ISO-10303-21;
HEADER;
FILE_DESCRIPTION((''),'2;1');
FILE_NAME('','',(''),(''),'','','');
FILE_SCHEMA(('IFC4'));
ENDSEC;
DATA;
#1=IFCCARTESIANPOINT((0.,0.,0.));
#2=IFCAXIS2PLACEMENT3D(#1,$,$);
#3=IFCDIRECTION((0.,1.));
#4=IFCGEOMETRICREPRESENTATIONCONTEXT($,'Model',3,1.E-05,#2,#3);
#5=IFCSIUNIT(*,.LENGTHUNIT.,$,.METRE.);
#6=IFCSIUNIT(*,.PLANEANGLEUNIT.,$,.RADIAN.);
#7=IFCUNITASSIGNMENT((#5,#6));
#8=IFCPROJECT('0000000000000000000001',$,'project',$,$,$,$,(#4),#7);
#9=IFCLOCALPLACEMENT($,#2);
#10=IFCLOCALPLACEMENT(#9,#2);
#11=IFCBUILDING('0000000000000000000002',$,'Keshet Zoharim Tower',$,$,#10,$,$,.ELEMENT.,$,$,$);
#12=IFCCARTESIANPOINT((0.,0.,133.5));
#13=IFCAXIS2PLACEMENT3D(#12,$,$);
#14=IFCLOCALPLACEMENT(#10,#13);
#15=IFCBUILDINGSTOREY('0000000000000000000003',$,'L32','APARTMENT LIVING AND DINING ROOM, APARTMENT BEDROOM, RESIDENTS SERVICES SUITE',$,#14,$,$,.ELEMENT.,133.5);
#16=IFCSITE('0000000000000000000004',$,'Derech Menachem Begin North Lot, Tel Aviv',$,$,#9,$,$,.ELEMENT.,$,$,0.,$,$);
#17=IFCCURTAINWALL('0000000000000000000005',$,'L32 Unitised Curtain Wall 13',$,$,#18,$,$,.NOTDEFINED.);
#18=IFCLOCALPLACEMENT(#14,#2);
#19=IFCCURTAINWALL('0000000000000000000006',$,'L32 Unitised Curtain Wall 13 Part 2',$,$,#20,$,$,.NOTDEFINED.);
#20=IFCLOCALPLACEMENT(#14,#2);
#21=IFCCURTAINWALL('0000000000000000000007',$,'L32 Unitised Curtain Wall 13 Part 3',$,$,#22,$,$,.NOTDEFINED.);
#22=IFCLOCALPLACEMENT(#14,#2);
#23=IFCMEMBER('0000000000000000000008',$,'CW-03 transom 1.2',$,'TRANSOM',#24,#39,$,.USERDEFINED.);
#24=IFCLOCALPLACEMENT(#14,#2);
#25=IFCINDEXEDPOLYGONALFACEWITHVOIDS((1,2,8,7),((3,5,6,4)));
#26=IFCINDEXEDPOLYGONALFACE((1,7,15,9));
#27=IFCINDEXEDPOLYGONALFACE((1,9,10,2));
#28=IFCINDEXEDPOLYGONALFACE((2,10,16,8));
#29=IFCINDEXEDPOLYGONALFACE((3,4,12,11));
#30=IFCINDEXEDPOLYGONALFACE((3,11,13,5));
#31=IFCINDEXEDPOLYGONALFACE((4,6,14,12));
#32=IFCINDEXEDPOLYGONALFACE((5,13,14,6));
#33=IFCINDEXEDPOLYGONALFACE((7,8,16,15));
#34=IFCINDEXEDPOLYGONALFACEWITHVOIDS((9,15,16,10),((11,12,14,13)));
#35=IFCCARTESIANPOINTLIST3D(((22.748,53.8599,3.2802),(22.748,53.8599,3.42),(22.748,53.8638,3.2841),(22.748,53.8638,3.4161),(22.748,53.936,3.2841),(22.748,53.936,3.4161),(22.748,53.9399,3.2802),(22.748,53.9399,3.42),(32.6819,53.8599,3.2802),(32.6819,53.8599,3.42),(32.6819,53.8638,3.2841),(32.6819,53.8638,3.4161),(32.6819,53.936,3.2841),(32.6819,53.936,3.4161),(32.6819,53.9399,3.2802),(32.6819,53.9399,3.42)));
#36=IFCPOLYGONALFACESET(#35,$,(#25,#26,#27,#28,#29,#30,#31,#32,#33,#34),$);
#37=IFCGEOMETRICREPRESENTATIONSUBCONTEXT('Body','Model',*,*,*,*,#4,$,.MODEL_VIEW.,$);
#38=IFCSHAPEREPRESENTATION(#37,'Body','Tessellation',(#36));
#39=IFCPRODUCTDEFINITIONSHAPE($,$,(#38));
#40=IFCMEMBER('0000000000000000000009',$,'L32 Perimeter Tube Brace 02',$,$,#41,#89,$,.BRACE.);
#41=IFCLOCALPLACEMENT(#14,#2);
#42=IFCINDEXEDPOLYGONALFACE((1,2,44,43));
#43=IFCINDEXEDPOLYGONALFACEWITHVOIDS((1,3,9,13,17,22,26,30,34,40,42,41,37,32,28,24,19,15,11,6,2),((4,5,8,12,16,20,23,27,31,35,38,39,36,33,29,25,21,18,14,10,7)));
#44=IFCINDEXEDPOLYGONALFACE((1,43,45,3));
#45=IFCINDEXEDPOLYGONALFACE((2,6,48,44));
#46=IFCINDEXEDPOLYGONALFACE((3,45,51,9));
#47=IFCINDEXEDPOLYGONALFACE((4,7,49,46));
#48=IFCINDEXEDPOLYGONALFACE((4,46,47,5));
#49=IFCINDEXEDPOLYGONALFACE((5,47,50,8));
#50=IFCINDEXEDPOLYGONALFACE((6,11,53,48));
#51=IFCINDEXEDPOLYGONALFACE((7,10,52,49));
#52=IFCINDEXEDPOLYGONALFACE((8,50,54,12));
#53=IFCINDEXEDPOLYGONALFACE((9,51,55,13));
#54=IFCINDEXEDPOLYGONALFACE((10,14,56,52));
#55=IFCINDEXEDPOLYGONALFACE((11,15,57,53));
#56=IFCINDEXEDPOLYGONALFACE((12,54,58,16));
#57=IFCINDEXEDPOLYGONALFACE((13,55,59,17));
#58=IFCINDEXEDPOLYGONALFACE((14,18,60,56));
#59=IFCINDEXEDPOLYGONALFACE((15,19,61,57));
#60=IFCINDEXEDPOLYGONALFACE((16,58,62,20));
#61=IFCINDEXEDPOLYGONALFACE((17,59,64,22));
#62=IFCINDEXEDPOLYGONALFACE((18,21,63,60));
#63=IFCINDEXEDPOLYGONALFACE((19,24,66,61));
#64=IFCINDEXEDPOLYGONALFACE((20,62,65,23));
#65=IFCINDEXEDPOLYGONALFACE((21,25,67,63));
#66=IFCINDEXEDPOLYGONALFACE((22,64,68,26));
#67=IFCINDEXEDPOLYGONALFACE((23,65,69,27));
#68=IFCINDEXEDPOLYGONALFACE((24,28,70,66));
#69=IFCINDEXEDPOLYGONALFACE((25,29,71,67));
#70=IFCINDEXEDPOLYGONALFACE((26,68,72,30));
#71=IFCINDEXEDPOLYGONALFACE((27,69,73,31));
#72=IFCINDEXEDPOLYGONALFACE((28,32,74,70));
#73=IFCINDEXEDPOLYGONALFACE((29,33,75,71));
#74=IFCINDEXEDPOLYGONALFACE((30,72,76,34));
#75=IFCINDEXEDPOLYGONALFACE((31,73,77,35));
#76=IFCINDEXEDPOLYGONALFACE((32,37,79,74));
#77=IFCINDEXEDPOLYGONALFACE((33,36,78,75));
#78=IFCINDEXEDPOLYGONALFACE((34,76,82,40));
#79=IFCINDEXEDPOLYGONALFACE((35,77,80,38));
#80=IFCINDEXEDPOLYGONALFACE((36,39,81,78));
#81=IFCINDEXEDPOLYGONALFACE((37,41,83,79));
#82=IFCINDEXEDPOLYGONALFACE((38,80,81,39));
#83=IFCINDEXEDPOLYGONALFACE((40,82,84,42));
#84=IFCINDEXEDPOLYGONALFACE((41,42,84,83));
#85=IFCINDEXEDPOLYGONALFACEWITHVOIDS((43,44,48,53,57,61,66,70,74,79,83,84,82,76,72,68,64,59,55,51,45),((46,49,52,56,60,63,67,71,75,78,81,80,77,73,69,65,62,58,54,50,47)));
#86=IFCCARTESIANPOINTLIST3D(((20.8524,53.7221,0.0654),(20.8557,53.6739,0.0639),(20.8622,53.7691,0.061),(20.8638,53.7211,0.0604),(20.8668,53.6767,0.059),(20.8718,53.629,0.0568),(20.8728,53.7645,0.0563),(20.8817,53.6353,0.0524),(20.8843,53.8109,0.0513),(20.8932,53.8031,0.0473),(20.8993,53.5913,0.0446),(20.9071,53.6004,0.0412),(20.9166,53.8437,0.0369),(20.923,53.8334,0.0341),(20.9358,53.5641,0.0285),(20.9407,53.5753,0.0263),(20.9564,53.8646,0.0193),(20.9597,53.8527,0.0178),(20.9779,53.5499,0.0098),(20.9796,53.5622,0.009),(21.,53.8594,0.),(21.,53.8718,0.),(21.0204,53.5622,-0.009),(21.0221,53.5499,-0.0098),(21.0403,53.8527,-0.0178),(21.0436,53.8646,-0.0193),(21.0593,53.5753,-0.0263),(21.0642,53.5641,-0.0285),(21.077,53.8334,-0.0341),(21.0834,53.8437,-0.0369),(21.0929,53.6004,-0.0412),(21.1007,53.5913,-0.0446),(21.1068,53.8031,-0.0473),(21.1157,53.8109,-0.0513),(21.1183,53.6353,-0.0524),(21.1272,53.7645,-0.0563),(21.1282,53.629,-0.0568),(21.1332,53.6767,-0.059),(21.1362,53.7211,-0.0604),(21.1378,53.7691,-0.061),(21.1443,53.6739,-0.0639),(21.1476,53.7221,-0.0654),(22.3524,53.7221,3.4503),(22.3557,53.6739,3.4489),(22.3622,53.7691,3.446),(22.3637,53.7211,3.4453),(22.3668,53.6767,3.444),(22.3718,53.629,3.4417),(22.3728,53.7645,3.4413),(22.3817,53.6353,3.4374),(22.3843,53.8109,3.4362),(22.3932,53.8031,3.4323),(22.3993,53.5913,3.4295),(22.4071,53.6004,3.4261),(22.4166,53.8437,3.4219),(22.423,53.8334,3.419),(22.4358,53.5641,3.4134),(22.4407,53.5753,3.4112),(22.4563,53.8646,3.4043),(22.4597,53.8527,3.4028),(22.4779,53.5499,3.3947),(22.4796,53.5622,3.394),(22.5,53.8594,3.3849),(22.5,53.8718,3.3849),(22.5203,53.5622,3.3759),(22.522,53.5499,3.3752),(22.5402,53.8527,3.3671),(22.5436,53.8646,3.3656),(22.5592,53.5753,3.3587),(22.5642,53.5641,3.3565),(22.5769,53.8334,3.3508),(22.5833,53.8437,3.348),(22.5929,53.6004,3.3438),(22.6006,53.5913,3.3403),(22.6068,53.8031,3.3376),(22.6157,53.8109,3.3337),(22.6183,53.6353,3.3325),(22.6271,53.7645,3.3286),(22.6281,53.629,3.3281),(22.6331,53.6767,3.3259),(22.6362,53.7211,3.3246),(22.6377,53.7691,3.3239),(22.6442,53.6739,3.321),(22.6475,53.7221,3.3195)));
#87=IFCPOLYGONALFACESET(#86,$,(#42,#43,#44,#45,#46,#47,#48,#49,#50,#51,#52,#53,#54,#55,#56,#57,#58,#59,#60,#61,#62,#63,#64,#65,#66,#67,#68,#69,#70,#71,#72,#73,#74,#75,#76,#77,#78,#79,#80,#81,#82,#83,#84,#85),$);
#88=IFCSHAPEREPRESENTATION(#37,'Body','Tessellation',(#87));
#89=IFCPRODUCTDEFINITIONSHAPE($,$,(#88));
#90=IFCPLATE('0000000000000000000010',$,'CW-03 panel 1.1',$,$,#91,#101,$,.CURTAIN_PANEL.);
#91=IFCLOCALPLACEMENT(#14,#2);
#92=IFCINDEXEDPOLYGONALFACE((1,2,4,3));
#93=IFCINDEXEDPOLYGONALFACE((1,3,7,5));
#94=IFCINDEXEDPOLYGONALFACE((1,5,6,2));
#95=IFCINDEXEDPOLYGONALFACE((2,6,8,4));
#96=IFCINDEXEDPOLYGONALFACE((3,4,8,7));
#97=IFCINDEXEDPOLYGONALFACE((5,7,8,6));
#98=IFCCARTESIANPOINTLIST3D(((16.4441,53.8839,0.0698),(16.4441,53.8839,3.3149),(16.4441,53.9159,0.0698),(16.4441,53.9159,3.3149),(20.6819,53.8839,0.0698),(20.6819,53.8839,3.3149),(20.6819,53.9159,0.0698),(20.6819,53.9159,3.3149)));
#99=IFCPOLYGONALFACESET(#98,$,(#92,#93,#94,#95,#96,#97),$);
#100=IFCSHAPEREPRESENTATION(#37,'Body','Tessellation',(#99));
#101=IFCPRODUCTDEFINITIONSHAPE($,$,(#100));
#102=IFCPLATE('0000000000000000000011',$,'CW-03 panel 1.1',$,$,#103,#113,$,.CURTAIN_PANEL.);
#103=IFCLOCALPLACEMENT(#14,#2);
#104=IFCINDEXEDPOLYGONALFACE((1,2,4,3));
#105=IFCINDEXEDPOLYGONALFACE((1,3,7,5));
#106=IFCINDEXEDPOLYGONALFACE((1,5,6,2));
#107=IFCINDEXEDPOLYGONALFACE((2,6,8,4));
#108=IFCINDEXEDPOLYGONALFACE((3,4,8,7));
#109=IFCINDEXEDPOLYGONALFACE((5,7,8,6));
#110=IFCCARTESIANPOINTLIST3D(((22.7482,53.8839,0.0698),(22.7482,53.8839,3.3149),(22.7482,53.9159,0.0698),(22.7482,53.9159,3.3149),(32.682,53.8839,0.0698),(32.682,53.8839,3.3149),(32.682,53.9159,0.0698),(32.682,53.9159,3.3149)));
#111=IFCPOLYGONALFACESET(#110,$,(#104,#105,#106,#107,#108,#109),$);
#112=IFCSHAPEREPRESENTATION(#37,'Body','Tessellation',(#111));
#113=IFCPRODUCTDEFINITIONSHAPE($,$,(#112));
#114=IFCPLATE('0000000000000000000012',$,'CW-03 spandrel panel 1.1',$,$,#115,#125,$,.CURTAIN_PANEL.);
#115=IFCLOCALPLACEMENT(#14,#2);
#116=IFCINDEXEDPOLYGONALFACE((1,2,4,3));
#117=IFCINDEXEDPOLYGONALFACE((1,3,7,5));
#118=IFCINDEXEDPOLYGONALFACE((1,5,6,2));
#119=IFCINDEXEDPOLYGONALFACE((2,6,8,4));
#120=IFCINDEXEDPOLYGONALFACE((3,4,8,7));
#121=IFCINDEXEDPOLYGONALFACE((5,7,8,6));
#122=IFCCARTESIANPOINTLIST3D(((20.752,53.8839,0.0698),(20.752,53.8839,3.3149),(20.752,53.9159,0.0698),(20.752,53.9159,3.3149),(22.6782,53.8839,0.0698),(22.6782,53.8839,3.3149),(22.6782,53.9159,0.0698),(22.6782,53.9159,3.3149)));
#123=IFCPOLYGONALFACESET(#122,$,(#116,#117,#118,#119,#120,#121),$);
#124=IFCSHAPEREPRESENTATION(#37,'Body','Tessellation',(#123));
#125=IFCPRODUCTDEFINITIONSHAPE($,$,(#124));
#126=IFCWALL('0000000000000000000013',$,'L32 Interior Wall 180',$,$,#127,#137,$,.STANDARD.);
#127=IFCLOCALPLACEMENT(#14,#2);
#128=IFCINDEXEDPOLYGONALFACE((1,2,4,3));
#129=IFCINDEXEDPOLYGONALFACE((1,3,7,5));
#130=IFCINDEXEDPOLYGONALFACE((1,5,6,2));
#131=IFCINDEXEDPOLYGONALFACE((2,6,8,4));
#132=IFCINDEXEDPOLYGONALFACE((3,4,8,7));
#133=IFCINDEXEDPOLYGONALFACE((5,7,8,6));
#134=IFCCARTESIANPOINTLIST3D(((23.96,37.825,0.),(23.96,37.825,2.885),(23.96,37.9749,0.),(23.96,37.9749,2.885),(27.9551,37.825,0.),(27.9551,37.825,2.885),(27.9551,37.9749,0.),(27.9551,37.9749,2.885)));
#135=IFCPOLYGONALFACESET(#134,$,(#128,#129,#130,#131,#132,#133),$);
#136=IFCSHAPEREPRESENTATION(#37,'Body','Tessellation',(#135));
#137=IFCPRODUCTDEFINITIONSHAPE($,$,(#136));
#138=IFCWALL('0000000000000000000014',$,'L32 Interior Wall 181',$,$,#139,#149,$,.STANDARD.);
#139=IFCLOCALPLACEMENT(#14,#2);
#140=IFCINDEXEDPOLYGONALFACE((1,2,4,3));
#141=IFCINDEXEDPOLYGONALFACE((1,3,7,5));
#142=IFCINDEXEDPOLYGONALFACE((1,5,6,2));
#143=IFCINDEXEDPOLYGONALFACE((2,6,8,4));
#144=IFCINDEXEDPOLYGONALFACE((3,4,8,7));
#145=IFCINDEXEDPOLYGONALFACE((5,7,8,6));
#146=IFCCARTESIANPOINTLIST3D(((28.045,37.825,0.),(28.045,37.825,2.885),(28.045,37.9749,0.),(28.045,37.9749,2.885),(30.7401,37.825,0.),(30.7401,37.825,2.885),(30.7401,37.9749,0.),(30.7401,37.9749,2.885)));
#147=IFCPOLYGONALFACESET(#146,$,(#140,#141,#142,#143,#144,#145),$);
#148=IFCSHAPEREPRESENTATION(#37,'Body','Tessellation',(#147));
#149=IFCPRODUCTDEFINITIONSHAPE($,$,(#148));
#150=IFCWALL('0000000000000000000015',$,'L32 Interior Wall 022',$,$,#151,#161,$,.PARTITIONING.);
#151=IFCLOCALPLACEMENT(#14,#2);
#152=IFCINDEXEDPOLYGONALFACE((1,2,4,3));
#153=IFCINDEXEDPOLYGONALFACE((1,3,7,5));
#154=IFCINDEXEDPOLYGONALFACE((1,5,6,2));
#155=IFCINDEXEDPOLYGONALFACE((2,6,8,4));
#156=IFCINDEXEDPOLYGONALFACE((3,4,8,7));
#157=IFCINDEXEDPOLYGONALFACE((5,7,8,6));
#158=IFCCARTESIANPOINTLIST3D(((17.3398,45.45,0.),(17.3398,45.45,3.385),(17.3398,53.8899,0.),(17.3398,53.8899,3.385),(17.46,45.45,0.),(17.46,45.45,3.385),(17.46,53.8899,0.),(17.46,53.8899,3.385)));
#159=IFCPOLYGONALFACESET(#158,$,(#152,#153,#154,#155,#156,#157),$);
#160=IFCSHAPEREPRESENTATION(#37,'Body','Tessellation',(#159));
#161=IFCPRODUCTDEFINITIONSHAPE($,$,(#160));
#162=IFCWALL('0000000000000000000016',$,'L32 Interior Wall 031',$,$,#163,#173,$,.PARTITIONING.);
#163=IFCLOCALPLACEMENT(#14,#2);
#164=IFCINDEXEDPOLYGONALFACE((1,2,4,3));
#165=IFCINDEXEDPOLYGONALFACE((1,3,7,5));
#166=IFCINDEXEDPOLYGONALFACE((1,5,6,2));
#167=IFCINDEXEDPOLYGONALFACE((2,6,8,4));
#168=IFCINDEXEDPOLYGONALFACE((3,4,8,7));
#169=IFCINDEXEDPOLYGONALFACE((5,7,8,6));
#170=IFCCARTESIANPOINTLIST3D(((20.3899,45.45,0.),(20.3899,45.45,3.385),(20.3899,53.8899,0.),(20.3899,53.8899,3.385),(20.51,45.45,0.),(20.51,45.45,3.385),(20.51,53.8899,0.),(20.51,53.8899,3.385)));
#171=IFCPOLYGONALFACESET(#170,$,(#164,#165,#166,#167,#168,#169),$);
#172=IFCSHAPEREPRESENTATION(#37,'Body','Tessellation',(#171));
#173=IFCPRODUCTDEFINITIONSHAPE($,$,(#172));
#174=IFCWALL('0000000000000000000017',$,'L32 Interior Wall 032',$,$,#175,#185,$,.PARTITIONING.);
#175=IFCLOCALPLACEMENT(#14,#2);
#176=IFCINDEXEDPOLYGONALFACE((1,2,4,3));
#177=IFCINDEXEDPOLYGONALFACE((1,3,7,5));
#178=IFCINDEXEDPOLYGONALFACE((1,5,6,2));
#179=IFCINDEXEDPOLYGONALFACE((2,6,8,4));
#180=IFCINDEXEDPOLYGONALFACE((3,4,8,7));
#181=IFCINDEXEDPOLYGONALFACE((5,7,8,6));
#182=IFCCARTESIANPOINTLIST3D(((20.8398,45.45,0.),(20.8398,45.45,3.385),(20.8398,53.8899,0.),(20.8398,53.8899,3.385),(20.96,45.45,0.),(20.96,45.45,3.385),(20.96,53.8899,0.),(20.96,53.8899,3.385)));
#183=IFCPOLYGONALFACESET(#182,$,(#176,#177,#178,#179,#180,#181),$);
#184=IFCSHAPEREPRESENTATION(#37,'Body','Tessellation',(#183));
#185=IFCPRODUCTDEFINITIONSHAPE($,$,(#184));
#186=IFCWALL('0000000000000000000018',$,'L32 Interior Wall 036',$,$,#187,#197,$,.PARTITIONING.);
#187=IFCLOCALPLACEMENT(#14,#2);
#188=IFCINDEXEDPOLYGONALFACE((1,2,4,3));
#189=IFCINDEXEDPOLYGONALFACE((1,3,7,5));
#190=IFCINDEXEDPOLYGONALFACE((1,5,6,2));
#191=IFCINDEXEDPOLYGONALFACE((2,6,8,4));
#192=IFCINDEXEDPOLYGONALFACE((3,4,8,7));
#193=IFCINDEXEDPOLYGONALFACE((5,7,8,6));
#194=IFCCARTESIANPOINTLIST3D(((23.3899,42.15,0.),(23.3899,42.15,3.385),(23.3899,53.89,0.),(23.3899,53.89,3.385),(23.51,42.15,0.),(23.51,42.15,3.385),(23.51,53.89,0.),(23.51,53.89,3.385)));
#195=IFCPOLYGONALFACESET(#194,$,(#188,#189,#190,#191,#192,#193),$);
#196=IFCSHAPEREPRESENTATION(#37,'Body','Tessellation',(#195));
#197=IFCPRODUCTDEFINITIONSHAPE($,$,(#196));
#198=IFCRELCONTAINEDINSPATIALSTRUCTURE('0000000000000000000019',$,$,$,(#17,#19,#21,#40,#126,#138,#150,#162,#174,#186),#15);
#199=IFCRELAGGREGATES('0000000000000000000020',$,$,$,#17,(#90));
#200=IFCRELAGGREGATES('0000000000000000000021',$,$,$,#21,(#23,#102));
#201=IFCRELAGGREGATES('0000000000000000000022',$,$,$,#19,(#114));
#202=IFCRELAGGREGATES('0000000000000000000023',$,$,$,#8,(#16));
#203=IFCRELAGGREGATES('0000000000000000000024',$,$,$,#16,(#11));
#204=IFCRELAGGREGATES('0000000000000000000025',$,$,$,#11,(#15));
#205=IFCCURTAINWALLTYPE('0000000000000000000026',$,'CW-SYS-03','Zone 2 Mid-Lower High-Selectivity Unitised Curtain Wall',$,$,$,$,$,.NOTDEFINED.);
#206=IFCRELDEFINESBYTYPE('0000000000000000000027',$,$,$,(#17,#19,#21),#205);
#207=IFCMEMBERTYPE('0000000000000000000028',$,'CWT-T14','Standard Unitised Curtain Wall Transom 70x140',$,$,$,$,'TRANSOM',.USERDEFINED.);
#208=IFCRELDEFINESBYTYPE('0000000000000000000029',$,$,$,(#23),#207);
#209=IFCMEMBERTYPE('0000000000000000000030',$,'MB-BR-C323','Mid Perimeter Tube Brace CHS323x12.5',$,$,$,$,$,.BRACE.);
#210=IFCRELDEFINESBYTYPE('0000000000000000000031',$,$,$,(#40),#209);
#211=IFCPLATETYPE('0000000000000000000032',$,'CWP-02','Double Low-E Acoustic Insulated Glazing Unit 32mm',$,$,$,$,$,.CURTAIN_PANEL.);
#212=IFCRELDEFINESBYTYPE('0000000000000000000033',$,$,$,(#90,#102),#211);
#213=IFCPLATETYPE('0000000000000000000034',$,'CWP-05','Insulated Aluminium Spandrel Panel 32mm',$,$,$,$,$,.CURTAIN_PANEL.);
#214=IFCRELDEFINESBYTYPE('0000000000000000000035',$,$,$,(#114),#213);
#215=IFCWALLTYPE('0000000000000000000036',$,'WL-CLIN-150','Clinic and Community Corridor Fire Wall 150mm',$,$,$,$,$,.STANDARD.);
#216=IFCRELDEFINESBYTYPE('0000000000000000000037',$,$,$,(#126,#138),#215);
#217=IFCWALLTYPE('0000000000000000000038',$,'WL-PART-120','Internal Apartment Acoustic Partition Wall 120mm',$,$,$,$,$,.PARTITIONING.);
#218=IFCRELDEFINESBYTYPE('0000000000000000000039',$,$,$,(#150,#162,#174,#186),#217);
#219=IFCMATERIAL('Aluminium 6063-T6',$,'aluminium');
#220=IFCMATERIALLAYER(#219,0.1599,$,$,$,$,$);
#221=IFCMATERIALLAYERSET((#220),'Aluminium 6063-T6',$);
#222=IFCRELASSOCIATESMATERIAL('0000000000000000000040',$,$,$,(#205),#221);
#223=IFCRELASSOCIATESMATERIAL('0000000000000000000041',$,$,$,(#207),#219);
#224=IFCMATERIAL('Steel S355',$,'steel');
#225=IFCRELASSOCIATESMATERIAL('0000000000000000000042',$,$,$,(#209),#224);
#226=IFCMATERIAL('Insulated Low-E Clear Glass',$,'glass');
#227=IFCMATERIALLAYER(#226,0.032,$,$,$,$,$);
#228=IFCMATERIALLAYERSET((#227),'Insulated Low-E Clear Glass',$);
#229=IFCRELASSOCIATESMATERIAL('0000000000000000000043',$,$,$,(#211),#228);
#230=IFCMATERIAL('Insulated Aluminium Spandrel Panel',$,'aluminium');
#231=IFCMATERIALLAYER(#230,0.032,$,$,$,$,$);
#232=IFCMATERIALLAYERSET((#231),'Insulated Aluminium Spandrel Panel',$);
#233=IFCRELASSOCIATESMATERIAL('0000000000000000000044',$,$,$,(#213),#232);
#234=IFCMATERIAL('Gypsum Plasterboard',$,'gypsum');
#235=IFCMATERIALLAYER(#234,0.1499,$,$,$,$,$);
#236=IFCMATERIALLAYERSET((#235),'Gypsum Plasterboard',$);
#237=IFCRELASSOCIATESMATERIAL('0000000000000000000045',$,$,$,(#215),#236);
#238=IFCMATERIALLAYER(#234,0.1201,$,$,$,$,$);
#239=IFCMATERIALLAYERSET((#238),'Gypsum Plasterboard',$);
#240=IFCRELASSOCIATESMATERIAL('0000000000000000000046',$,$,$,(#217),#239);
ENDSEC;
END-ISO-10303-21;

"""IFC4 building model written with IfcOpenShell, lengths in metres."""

from ifc_helpers import new_model, si_unit, direction, frame, frame_2d, origin, origin_2d, place, context, subcontext, project, spatial, rectangle, hollow_rectangle, hollow_circle, extrude, material, layer, layer_set, material_profile, profile_set, type_object, element, aggregate, save


model = new_model("IFC4")

# Units and contexts
model_context = context("Model", 3, precision=1e-05, world=origin(), true_north=direction((0.0, 1.0)))
body_context = subcontext(model_context, "Body", "Model", "MODEL_VIEW")
ifc_project = project(units=[si_unit("LENGTHUNIT", "METRE"), si_unit("PLANEANGLEUNIT", "RADIAN")], contexts=[model_context])

# Site, building, storey
site_placement = place(None, origin())
site = spatial("IfcSite", under=ifc_project, at=site_placement, Name="Derech Menachem Begin North Lot, Tel Aviv", CompositionType="ELEMENT", RefElevation=0.0)
building_placement = place(site_placement, origin())
building = spatial("IfcBuilding", under=site, at=building_placement, Name="Keshet Zoharim Tower", CompositionType="ELEMENT")
storey_placement = place(building_placement, frame((0.0, 0.0, 133.5)))
storey = spatial("IfcBuildingStorey", under=building, at=storey_placement, Name="L32", Description="APARTMENT LIVING AND DINING ROOM, APARTMENT BEDROOM, RESIDENTS SERVICES SUITE", CompositionType="ELEMENT", Elevation=133.5)

# Shared definitions
ifc_material_1 = material(Name="Steel S355", Category="steel")

# Curtain wall
ifc_material_2 = material(Name="Aluminium 6063-T6", Category="aluminium")
ifc_layer_1 = layer(ifc_material_2, 0.1599)
ifc_layer_set_1 = layer_set([ifc_layer_1], Name="Aluminium 6063-T6")
curtain_wall_type = type_object("IfcCurtainWallType", Name="CW-SYS-03", Description="Zone 2 Mid-Lower High-Selectivity Unitised Curtain Wall", PredefinedType="NOTDEFINED", material=ifc_layer_set_1)
curtain_wall_1_placement = place(storey_placement, origin())
curtain_wall_1 = element("IfcCurtainWall", 1, at=curtain_wall_1_placement, inside=storey, type_object=curtain_wall_type, Name="L32 Unitised Curtain Wall 13", PredefinedType="NOTDEFINED")

# Curtain walls, member
curtain_wall_2_placement = place(storey_placement, origin())
curtain_wall_2 = element("IfcCurtainWall", 2, at=curtain_wall_2_placement, inside=storey, type_object=curtain_wall_type, Name="L32 Unitised Curtain Wall 13 Part 2", PredefinedType="NOTDEFINED")
ifc_material_profile_1 = material_profile(ifc_material_2, hollow_rectangle(XDim=0.0801, YDim=0.1399, WallThickness=0.0039, at=origin_2d()), Name="TRN-80x140")
ifc_profile_set_1 = profile_set([ifc_material_profile_1], Name="Aluminium 6063-T6")
member_type_1 = type_object("IfcMemberType", Name="CWT-T14", Description="Standard Unitised Curtain Wall Transom 70x140", ElementType="TRANSOM", PredefinedType="USERDEFINED", material=ifc_profile_set_1)
curtain_wall_3_placement = place(storey_placement, origin())
curtain_wall_3 = element("IfcCurtainWall", 3, at=curtain_wall_3_placement, inside=storey, type_object=curtain_wall_type, Name="L32 Unitised Curtain Wall 13 Part 3", PredefinedType="NOTDEFINED")
member_1_placement = place(storey_placement, frame((22.748, 53.8999, 3.3501), z_axis=(1.0, 0.0, 0.0), x_axis=(0.0, 1.0, 0.0)))
member_1 = element("IfcMember", 4, at=member_1_placement, type_object=member_type_1, Name="CW-03 transom 1.2", ObjectType="TRANSOM", PredefinedType="USERDEFINED", context=body_context, shape_type="SweptSolid", body=[
    extrude(hollow_rectangle(XDim=0.0801, YDim=0.1399, WallThickness=0.0039, at=origin_2d()), origin(), (0.0, 0.0, 1.0), 9.9338),
])

# Member
ifc_material_profile_2 = material_profile(ifc_material_1, hollow_circle(Radius=0.1619, WallThickness=0.0125, at=origin_2d()), Name="CHS323x12.5")
ifc_profile_set_2 = profile_set([ifc_material_profile_2], Name="Steel S355")
member_type_2 = type_object("IfcMemberType", Name="MB-BR-C323", Description="Mid Perimeter Tube Brace CHS323x12.5", PredefinedType="BRACE", material=ifc_profile_set_2)
member_2_placement = place(storey_placement, frame((21.0, 53.71, 0.0), z_axis=(0.405135, 0.0, 0.914257), x_axis=(0.0, 1.0, 0.0)))
element("IfcMember", 5, at=member_2_placement, inside=storey, type_object=member_type_2, Name="L32 Perimeter Tube Brace 02", PredefinedType="BRACE", context=body_context, shape_type="SweptSolid", body=[
    extrude(hollow_circle(Radius=0.1619, WallThickness=0.0125, at=origin_2d()), origin(), (0.0, 0.0, 1.0), 3.7024),
])

# Plates
ifc_material_3 = material(Name="Insulated Low-E Clear Glass", Category="glass")
ifc_layer_2 = layer(ifc_material_3, 0.032)
ifc_layer_set_2 = layer_set([ifc_layer_2], Name="Insulated Low-E Clear Glass")
plate_type_1 = type_object("IfcPlateType", Name="CWP-02", Description="Double Low-E Acoustic Insulated Glazing Unit 32mm", PredefinedType="CURTAIN_PANEL", material=ifc_layer_set_2)
plate_1_placement = place(storey_placement, frame((18.563, 53.8999, 0.0698), z_axis=(0.0, 0.0, 1.0), x_axis=(1.0, 0.0, 0.0)))
plate_1 = element("IfcPlate", 6, at=plate_1_placement, type_object=plate_type_1, Name="CW-03 panel 1.1", PredefinedType="CURTAIN_PANEL", context=body_context, shape_type="SweptSolid", body=[
    extrude(rectangle(XDim=4.2378, YDim=0.032, at=origin_2d()), origin(), (0.0, 0.0, 1.0), 3.2451),
])
aggregate(curtain_wall_1, [plate_1])
plate_2_placement = place(storey_placement, frame((27.7151, 53.8999, 0.0698), z_axis=(0.0, 0.0, 1.0), x_axis=(1.0, 0.0, 0.0)))
plate_2 = element("IfcPlate", 7, at=plate_2_placement, type_object=plate_type_1, Name="CW-03 panel 1.1", PredefinedType="CURTAIN_PANEL", context=body_context, shape_type="SweptSolid", body=[
    extrude(rectangle(XDim=9.9338, YDim=0.032, at=origin_2d()), origin(), (0.0, 0.0, 1.0), 3.2451),
])
aggregate(curtain_wall_3, [member_1, plate_2])
ifc_material_4 = material(Name="Insulated Aluminium Spandrel Panel", Category="aluminium")
ifc_layer_3 = layer(ifc_material_4, 0.032)
ifc_layer_set_3 = layer_set([ifc_layer_3], Name="Insulated Aluminium Spandrel Panel")
plate_type_2 = type_object("IfcPlateType", Name="CWP-05", Description="Insulated Aluminium Spandrel Panel 32mm", PredefinedType="CURTAIN_PANEL", material=ifc_layer_set_3)
plate_3_placement = place(storey_placement, frame((21.7151, 53.8999, 0.0698), z_axis=(0.0, 0.0, 1.0), x_axis=(1.0, 0.0, 0.0)))
plate_3 = element("IfcPlate", 8, at=plate_3_placement, type_object=plate_type_2, Name="CW-03 spandrel panel 1.1", PredefinedType="CURTAIN_PANEL", context=body_context, shape_type="SweptSolid", body=[
    extrude(rectangle(XDim=1.9263, YDim=0.032, at=origin_2d()), origin(), (0.0, 0.0, 1.0), 3.2451),
])
aggregate(curtain_wall_2, [plate_3])

# Walls
ifc_material_5 = material(Name="Gypsum Plasterboard", Category="gypsum")
ifc_layer_4 = layer(ifc_material_5, 0.1499)
ifc_layer_set_4 = layer_set([ifc_layer_4], Name="Gypsum Plasterboard")
wall_type_1 = type_object("IfcWallType", Name="WL-CLIN-150", Description="Clinic and Community Corridor Fire Wall 150mm", PredefinedType="STANDARD", material=ifc_layer_set_4)
wall_1_placement = place(storey_placement, frame((23.96, 37.8999, 0.0), z_axis=(0.0, 0.0, 1.0), x_axis=(1.0, 0.0, 0.0)))
element("IfcWall", 9, at=wall_1_placement, inside=storey, type_object=wall_type_1, Name="L32 Interior Wall 180", PredefinedType="STANDARD", context=body_context, shape_type="SweptSolid", body=[
    extrude(rectangle(XDim=3.9951, YDim=0.1499, at=frame_2d((1.9976, 0.0))), origin(), (0.0, 0.0, 1.0), 2.885),
])
wall_2_placement = place(storey_placement, frame((28.0449, 37.8999, 0.0), z_axis=(0.0, 0.0, 1.0), x_axis=(1.0, 0.0, 0.0)))
element("IfcWall", 10, at=wall_2_placement, inside=storey, type_object=wall_type_1, Name="L32 Interior Wall 181", PredefinedType="STANDARD", context=body_context, shape_type="SweptSolid", body=[
    extrude(rectangle(XDim=2.6951, YDim=0.1499, at=frame_2d((1.3477, 0.0))), origin(), (0.0, 0.0, 1.0), 2.885),
])

# Walls
ifc_layer_5 = layer(ifc_material_5, 0.1201)
ifc_layer_set_5 = layer_set([ifc_layer_5], Name="Gypsum Plasterboard")
wall_type_2 = type_object("IfcWallType", Name="WL-PART-120", Description="Internal Apartment Acoustic Partition Wall 120mm", PredefinedType="PARTITIONING", material=ifc_layer_set_5)
for number, where, z_axis, x_axis, name in (
    (11, (17.3999, 45.45, 0.0), (0.0, 0.0, 1.0), (0.0, 1.0, 0.0), "L32 Interior Wall 022"),
    (12, (20.45, 45.45, 0.0), (0.0, 0.0, 1.0), (0.0, 1.0, 0.0), "L32 Interior Wall 031"),
    (13, (20.8999, 45.45, 0.0), (0.0, 0.0, 1.0), (0.0, 1.0, 0.0), "L32 Interior Wall 032"),
):
    element("IfcWall", number, at=place(storey_placement, frame(where, z_axis=z_axis, x_axis=x_axis)), inside=storey, type_object=wall_type_2, Name=name, PredefinedType="PARTITIONING", context=body_context, shape_type="SweptSolid", body=[
        extrude(rectangle(XDim=8.4399, YDim=0.1201, at=frame_2d((4.22, 0.0))), origin(), (0.0, 0.0, 1.0), 3.385),
    ])
wall_3_placement = place(storey_placement, frame((23.45, 42.1499, 0.0), z_axis=(0.0, 0.0, 1.0), x_axis=(0.0, 1.0, 0.0)))
element("IfcWall", 14, at=wall_3_placement, inside=storey, type_object=wall_type_2, Name="L32 Interior Wall 036", PredefinedType="PARTITIONING", context=body_context, shape_type="SweptSolid", body=[
    extrude(rectangle(XDim=11.74, YDim=0.1201, at=frame_2d((5.8701, 0.0))), origin(), (0.0, 0.0, 1.0), 3.385),
])

save(model, "model.ifc")
